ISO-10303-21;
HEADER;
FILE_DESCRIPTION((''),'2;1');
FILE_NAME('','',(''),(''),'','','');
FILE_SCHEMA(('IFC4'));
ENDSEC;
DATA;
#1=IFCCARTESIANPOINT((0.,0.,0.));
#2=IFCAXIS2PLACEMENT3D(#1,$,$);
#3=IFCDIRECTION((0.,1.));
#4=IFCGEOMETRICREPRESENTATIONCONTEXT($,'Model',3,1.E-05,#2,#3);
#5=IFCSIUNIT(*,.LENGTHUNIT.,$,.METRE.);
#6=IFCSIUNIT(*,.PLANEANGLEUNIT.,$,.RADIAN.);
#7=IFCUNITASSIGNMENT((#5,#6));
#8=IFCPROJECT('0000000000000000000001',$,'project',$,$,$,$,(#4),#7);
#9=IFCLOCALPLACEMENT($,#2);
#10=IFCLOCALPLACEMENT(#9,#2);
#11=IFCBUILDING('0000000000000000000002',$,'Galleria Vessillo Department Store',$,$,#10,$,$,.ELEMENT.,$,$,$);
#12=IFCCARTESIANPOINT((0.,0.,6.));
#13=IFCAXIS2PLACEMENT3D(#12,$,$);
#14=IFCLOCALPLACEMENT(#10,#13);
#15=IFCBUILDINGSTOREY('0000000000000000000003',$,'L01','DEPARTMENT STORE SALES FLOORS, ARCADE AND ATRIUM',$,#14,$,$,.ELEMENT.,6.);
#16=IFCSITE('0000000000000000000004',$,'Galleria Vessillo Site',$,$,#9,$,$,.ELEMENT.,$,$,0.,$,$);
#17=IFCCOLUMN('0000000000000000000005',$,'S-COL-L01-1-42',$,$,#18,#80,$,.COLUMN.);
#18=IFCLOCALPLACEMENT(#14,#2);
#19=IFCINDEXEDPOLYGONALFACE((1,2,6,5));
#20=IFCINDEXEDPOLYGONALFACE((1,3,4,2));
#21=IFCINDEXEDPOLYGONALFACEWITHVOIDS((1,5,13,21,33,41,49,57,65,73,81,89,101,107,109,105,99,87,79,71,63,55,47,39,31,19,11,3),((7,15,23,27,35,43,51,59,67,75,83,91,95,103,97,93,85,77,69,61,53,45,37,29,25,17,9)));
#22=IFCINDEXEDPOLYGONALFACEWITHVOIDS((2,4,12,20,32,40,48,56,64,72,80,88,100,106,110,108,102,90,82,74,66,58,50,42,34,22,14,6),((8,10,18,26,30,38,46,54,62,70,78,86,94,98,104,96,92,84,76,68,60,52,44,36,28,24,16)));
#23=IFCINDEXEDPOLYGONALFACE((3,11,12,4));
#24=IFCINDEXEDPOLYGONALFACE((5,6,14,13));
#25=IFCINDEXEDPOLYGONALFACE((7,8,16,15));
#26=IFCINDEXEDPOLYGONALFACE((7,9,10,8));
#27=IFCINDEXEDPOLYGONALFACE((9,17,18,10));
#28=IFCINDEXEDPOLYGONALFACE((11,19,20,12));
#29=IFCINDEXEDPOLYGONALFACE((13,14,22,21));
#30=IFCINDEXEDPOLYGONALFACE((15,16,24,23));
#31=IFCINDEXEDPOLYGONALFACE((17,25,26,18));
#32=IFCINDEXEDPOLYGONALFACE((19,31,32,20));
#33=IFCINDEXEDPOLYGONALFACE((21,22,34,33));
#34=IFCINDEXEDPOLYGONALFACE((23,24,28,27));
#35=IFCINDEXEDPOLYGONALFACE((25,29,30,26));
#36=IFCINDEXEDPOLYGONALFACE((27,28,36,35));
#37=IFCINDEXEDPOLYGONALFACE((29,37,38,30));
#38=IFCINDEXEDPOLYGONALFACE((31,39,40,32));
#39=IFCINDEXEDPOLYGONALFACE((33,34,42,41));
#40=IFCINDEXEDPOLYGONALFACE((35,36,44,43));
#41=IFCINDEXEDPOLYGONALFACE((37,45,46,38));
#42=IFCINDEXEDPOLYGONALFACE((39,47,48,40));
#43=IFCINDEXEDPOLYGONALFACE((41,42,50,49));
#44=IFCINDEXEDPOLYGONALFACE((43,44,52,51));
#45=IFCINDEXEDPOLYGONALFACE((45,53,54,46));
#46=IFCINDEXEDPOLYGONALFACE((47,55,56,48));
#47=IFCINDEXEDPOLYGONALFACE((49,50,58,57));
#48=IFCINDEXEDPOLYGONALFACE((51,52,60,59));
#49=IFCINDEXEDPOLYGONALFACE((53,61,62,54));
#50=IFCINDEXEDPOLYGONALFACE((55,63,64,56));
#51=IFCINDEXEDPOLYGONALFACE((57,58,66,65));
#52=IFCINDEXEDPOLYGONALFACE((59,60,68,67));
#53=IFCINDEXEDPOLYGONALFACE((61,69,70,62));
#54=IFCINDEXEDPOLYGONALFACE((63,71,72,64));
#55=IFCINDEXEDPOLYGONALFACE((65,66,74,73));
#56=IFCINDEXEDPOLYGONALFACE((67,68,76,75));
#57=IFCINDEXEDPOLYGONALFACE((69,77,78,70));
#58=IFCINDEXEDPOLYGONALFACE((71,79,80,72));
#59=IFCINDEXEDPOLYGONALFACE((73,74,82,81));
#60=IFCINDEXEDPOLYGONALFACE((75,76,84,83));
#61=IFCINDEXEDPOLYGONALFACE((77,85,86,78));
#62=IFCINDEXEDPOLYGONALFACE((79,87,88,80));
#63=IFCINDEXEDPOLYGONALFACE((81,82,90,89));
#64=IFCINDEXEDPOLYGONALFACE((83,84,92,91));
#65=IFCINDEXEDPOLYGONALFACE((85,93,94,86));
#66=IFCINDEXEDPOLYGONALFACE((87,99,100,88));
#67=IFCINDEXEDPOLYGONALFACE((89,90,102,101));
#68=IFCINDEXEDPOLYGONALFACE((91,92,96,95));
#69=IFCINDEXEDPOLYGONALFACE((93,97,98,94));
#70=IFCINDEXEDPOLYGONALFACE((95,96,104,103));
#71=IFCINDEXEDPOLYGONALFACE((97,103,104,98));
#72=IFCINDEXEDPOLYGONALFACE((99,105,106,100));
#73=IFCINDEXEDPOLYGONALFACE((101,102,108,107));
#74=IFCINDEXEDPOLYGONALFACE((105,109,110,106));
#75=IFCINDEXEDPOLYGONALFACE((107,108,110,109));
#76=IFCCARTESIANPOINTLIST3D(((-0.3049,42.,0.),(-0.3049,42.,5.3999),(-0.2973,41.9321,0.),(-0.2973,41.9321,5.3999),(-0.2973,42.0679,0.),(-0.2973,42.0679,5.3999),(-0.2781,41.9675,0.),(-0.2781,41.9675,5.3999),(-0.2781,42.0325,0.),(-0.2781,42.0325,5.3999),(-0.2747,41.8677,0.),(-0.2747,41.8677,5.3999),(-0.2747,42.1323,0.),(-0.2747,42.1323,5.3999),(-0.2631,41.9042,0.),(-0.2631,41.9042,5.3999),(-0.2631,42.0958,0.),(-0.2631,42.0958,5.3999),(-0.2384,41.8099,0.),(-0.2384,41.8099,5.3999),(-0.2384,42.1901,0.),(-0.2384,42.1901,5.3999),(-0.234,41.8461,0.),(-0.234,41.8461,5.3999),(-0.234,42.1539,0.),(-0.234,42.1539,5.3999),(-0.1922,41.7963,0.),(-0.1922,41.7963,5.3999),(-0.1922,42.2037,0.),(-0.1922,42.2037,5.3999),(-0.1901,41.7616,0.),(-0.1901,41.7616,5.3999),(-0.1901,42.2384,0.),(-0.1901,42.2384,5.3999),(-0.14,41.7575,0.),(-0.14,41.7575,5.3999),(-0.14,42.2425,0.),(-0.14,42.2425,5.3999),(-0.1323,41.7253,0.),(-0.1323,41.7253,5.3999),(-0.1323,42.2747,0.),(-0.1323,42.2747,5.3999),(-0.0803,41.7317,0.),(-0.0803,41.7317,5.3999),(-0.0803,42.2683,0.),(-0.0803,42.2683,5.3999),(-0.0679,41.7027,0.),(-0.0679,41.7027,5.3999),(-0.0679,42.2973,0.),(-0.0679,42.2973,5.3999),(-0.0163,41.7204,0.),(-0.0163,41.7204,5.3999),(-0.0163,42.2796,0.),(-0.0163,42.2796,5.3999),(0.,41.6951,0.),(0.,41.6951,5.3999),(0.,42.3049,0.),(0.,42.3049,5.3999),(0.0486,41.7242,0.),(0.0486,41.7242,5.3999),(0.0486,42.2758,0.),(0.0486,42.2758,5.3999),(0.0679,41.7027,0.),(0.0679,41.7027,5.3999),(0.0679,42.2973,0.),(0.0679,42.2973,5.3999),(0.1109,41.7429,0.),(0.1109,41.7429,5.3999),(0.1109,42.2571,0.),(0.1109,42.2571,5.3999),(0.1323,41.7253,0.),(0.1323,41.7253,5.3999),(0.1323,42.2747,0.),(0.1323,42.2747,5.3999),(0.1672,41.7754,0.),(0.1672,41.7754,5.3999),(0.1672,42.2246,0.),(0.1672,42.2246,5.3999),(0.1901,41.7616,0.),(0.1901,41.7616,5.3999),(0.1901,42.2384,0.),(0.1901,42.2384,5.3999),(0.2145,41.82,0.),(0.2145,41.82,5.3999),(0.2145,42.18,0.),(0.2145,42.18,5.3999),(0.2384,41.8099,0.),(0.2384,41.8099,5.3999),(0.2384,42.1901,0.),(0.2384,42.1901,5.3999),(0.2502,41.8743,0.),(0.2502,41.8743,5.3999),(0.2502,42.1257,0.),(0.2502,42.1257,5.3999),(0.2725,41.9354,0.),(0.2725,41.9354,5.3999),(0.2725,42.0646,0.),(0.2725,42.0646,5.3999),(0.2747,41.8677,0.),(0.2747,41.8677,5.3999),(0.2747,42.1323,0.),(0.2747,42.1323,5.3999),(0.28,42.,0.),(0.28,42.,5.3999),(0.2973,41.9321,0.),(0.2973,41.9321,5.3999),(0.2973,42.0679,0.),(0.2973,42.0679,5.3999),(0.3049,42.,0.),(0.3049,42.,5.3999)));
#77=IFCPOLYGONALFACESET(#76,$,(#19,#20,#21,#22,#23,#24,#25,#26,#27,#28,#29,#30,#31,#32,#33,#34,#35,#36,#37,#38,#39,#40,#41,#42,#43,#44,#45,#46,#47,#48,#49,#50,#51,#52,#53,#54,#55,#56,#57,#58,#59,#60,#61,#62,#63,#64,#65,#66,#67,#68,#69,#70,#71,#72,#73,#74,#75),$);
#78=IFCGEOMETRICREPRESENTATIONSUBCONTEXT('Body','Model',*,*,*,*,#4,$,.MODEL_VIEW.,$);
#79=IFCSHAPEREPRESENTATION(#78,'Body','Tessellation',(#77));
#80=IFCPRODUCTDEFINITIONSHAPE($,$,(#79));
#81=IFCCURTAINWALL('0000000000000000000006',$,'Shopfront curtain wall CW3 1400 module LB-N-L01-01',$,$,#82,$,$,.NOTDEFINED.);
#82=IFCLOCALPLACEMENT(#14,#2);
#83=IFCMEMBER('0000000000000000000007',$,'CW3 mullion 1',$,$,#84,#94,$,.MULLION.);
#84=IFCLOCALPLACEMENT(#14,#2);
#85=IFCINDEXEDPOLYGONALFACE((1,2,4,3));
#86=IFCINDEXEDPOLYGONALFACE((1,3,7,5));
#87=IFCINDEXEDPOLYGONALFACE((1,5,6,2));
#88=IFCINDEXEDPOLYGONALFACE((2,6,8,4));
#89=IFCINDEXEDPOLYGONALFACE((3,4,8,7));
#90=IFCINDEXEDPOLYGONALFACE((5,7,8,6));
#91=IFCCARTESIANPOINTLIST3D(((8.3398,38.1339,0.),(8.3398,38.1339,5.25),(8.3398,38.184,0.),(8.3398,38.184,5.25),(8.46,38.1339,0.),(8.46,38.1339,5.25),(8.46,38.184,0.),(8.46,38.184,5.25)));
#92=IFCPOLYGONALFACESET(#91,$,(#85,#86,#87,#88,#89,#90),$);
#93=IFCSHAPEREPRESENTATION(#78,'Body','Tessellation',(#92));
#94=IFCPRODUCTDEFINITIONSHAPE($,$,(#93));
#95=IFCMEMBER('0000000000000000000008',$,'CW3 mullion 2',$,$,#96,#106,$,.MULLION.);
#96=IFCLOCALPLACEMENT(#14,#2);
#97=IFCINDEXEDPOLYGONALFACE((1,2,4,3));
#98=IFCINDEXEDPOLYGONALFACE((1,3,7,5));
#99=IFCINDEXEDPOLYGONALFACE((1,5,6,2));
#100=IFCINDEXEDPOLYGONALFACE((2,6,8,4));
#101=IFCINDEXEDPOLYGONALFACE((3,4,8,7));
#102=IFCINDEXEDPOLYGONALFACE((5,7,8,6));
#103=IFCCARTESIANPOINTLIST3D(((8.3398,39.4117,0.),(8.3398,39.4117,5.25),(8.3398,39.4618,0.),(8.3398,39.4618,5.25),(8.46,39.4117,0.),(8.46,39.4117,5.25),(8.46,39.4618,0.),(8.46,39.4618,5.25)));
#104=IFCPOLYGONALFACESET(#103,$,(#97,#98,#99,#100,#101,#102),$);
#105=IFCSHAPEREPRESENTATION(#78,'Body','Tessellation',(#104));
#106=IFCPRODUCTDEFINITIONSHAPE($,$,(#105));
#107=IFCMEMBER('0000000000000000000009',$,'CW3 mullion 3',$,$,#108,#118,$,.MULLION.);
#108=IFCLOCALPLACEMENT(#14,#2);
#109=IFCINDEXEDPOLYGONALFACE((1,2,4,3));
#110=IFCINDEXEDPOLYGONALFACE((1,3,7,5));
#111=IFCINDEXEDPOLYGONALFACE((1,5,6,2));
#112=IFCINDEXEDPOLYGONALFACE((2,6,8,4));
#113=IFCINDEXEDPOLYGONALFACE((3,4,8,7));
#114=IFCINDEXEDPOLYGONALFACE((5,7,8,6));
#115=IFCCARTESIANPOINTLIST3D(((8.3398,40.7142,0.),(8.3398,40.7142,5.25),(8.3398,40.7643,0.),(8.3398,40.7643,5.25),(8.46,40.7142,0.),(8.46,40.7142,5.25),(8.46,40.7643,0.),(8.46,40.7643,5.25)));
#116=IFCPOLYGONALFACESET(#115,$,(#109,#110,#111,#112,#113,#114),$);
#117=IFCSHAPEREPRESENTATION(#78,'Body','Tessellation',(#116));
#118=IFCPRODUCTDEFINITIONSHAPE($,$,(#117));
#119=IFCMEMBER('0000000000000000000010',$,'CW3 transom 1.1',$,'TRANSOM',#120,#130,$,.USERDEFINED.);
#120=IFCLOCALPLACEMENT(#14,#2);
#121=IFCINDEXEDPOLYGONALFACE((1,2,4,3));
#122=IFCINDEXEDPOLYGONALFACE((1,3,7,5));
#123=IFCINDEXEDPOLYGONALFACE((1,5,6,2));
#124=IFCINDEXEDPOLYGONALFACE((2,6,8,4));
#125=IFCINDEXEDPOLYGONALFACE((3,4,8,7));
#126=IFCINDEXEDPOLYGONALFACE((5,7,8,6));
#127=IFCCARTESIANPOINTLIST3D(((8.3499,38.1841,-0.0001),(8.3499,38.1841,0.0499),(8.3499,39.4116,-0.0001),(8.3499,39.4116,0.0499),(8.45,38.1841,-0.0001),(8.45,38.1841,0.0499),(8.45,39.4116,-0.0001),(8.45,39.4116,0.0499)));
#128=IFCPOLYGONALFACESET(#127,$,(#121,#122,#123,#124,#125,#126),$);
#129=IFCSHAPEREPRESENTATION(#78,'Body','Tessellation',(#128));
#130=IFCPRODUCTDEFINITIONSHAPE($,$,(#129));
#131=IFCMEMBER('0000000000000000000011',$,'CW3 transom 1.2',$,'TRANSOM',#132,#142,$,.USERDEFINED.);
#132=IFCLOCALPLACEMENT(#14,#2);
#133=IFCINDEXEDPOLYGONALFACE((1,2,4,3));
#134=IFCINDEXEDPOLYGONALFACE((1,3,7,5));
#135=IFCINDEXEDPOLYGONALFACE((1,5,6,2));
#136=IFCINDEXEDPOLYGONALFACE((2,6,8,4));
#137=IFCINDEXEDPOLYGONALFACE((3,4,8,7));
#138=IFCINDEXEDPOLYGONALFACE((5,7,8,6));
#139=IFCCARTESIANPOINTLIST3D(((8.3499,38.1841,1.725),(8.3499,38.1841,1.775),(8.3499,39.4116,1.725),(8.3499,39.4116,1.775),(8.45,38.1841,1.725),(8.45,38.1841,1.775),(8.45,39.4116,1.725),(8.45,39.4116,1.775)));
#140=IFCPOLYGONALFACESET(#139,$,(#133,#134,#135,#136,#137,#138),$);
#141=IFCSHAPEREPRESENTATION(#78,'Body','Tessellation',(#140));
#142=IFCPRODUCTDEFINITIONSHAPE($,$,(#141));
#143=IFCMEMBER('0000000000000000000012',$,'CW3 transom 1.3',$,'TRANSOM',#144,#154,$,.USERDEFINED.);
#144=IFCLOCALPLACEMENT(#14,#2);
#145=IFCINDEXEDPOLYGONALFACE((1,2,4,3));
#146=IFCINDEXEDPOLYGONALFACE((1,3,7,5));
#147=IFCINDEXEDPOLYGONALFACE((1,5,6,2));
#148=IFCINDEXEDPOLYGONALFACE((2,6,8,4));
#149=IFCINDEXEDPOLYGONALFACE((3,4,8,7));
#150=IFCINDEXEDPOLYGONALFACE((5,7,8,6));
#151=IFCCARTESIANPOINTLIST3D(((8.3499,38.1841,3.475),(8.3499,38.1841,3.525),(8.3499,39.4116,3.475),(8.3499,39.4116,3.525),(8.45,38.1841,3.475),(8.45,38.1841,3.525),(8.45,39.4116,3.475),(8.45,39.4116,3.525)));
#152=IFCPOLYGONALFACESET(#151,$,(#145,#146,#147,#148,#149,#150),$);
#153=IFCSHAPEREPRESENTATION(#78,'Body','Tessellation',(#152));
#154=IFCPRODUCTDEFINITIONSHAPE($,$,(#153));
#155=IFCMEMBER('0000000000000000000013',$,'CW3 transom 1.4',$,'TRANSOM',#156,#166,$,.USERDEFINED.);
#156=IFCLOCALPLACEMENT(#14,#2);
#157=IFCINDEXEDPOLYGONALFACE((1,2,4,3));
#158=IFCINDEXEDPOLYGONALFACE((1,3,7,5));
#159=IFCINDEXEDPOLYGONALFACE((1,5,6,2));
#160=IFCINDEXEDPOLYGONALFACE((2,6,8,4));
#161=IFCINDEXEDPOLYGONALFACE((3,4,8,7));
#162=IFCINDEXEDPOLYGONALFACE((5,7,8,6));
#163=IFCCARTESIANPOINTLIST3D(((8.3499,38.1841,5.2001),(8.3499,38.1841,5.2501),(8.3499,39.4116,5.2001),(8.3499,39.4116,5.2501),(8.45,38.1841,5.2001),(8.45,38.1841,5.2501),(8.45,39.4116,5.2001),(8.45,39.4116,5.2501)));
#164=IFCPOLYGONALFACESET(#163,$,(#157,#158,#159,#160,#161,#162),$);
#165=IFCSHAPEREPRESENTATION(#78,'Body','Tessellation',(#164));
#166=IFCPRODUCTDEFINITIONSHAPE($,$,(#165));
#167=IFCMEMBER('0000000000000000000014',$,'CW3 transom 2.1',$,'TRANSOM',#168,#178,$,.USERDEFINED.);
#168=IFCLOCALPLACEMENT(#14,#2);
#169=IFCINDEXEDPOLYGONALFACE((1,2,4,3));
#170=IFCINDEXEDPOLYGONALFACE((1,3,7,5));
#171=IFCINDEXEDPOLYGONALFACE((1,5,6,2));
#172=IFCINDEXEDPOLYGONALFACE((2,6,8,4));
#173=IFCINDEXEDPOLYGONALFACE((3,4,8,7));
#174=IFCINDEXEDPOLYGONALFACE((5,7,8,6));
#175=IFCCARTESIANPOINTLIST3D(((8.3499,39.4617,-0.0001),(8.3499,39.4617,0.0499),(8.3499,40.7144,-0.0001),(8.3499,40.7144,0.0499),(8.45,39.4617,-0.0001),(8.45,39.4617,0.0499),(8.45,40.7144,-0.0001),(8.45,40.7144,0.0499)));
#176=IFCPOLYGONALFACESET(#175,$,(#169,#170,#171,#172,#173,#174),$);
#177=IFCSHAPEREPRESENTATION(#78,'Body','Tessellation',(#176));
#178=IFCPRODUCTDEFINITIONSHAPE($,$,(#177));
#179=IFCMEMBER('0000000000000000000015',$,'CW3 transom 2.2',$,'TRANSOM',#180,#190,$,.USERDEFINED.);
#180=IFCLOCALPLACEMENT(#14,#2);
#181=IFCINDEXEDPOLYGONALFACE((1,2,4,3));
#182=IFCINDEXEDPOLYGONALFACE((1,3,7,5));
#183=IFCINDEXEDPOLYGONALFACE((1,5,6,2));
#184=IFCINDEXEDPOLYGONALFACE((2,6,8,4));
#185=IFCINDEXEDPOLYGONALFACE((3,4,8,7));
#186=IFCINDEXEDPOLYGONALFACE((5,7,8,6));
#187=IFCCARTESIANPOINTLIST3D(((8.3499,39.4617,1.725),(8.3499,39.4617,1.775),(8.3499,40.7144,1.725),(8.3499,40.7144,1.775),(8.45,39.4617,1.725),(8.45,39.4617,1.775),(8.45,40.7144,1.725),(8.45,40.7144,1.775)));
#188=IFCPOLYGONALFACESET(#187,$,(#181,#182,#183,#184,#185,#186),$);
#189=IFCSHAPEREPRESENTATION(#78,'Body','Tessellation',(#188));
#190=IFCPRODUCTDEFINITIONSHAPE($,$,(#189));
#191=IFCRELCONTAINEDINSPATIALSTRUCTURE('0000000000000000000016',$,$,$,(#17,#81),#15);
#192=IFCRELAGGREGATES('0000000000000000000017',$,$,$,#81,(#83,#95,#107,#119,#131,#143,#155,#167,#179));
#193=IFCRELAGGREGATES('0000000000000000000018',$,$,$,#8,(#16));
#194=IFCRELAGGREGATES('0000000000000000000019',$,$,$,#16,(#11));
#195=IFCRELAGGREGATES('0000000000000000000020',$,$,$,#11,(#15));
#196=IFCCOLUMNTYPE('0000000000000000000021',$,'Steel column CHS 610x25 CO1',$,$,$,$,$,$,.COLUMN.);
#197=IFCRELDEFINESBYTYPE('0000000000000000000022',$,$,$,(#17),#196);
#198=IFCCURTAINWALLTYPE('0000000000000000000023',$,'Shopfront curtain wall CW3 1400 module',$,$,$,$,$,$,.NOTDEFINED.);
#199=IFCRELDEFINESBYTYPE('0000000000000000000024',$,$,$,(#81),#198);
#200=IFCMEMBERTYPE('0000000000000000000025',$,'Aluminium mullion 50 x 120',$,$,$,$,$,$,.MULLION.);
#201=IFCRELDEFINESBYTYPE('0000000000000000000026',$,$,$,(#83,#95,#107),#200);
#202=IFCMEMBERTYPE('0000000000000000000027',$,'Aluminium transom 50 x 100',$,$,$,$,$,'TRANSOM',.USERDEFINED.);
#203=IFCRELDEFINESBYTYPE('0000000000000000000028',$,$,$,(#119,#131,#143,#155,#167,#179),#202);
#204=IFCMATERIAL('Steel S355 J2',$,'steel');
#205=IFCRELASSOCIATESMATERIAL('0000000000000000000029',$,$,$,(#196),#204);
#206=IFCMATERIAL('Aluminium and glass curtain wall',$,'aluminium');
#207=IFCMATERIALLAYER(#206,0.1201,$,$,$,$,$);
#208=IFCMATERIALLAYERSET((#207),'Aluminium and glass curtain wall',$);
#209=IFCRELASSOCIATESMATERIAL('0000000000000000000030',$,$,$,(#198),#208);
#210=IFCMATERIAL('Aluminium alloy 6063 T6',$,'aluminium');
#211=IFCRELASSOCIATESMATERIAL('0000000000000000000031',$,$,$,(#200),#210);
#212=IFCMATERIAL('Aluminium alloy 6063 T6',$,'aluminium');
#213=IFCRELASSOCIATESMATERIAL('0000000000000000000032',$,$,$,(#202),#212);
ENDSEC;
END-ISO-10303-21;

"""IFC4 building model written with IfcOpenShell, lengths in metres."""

from ifc_helpers import new_model, si_unit, direction, frame, origin, origin_2d, place, context, subcontext, project, spatial, rectangle, hollow_circle, extrude, material, layer, layer_set, material_profile, profile_set, type_object, element, aggregate, save


model = new_model("IFC4")

# Units and contexts
model_context = context("Model", 3, precision=1e-05, world=origin(), true_north=direction((0.0, 1.0)))
body_context = subcontext(model_context, "Body", "Model", "MODEL_VIEW")
ifc_project = project(units=[si_unit("LENGTHUNIT", "METRE"), si_unit("PLANEANGLEUNIT", "RADIAN")], contexts=[model_context])

# Site, building, storey
site_placement = place(None, origin())
site = spatial("IfcSite", under=ifc_project, at=site_placement, Name="Galleria Vessillo Site", CompositionType="ELEMENT", RefElevation=0.0)
building_placement = place(site_placement, origin())
building = spatial("IfcBuilding", under=site, at=building_placement, Name="Galleria Vessillo Department Store", CompositionType="ELEMENT")
storey_placement = place(building_placement, frame((0.0, 0.0, 6.0)))
storey = spatial("IfcBuildingStorey", under=building, at=storey_placement, Name="L01", Description="DEPARTMENT STORE SALES FLOORS, ARCADE AND ATRIUM", CompositionType="ELEMENT", Elevation=6.0)

# Column
ifc_material_1 = material(Name="Steel S355 J2", Category="steel")
ifc_material_profile_1 = material_profile(ifc_material_1, hollow_circle(Radius=0.3049, WallThickness=0.0249, at=origin_2d()), Name="CHS 610x25")
ifc_profile_set_1 = profile_set([ifc_material_profile_1], Name="Steel S355 J2")
column_type = type_object("IfcColumnType", Name="Steel column CHS 610x25 CO1", PredefinedType="COLUMN", material=ifc_profile_set_1)
column_placement = place(storey_placement, frame((0.0, 42.0, 0.0), z_axis=(0.0, 0.0, 1.0), x_axis=(1.0, 0.0, 0.0)))
element("IfcColumn", 1, at=column_placement, inside=storey, type_object=column_type, Name="S-COL-L01-1-42", PredefinedType="COLUMN", context=body_context, shape_type="SweptSolid", body=[
    extrude(hollow_circle(Radius=0.3049, WallThickness=0.0249, at=origin_2d()), origin(), (0.0, 0.0, 1.0), 5.3999),
])

# Curtain wall, members
ifc_material_2 = material(Name="Aluminium and glass curtain wall", Category="aluminium")
ifc_layer_1 = layer(ifc_material_2, 0.1201)
ifc_layer_set_1 = layer_set([ifc_layer_1], Name="Aluminium and glass curtain wall")
curtain_wall_type = type_object("IfcCurtainWallType", Name="Shopfront curtain wall CW3 1400 module", PredefinedType="NOTDEFINED", material=ifc_layer_set_1)
curtain_wall_placement = place(storey_placement, origin())
curtain_wall = element("IfcCurtainWall", 2, at=curtain_wall_placement, inside=storey, type_object=curtain_wall_type, Name="Shopfront curtain wall CW3 1400 module LB-N-L01-01", PredefinedType="NOTDEFINED")
ifc_material_3 = material(Name="Aluminium alloy 6063 T6", Category="aluminium")
ifc_material_profile_2 = material_profile(ifc_material_3, rectangle(XDim=0.1201, YDim=0.05, at=origin_2d()), Name="AL 50x120")
ifc_profile_set_2 = profile_set([ifc_material_profile_2], Name="Aluminium alloy 6063 T6")
member_type_1 = type_object("IfcMemberType", Name="Aluminium mullion 50 x 120", PredefinedType="MULLION", material=ifc_profile_set_2)
member_1_placement = place(storey_placement, frame((8.3999, 38.1589, 0.0), z_axis=(0.0, 0.0, 1.0), x_axis=(-1.0, 0.0, 0.0)))
member_1 = element("IfcMember", 3, at=member_1_placement, type_object=member_type_1, Name="CW3 mullion 1", PredefinedType="MULLION", context=body_context, shape_type="SweptSolid", body=[
    extrude(rectangle(XDim=0.1201, YDim=0.05, at=origin_2d()), origin(), (0.0, 0.0, 1.0), 5.25),
])
member_2_placement = place(storey_placement, frame((8.3999, 39.4368, 0.0), z_axis=(0.0, 0.0, 1.0), x_axis=(-1.0, 0.0, 0.0)))
member_2 = element("IfcMember", 4, at=member_2_placement, type_object=member_type_1, Name="CW3 mullion 2", PredefinedType="MULLION", context=body_context, shape_type="SweptSolid", body=[
    extrude(rectangle(XDim=0.1201, YDim=0.05, at=origin_2d()), origin(), (0.0, 0.0, 1.0), 5.25),
])
member_3_placement = place(storey_placement, frame((8.3999, 40.7393, 0.0), z_axis=(0.0, 0.0, 1.0), x_axis=(-1.0, 0.0, 0.0)))
member_3 = element("IfcMember", 5, at=member_3_placement, type_object=member_type_1, Name="CW3 mullion 3", PredefinedType="MULLION", context=body_context, shape_type="SweptSolid", body=[
    extrude(rectangle(XDim=0.1201, YDim=0.05, at=origin_2d()), origin(), (0.0, 0.0, 1.0), 5.25),
])
ifc_material_4 = material(Name="Aluminium alloy 6063 T6", Category="aluminium")
ifc_material_profile_3 = material_profile(ifc_material_4, rectangle(XDim=0.1001, YDim=0.05, at=origin_2d()), Name="AL 50x100")
ifc_profile_set_3 = profile_set([ifc_material_profile_3], Name="Aluminium alloy 6063 T6")
member_type_2 = type_object("IfcMemberType", Name="Aluminium transom 50 x 100", ElementType="TRANSOM", PredefinedType="USERDEFINED", material=ifc_profile_set_3)
member_4_placement = place(storey_placement, frame((8.3999, 38.1841, 0.0249), z_axis=(0.0, 1.0, 0.0), x_axis=(-1.0, 0.0, 0.0)))
member_4 = element("IfcMember", 6, at=member_4_placement, type_object=member_type_2, Name="CW3 transom 1.1", ObjectType="TRANSOM", PredefinedType="USERDEFINED", context=body_context, shape_type="SweptSolid", body=[
    extrude(rectangle(XDim=0.1001, YDim=0.05, at=origin_2d()), origin(), (0.0, 0.0, 1.0), 1.2275),
])
member_5_placement = place(storey_placement, frame((8.3999, 38.1841, 1.75), z_axis=(0.0, 1.0, 0.0), x_axis=(-1.0, 0.0, 0.0)))
member_5 = element("IfcMember", 7, at=member_5_placement, type_object=member_type_2, Name="CW3 transom 1.2", ObjectType="TRANSOM", PredefinedType="USERDEFINED", context=body_context, shape_type="SweptSolid", body=[
    extrude(rectangle(XDim=0.1001, YDim=0.05, at=origin_2d()), origin(), (0.0, 0.0, 1.0), 1.2275),
])
member_6_placement = place(storey_placement, frame((8.3999, 38.1841, 3.5), z_axis=(0.0, 1.0, 0.0), x_axis=(-1.0, 0.0, 0.0)))
member_6 = element("IfcMember", 8, at=member_6_placement, type_object=member_type_2, Name="CW3 transom 1.3", ObjectType="TRANSOM", PredefinedType="USERDEFINED", context=body_context, shape_type="SweptSolid", body=[
    extrude(rectangle(XDim=0.1001, YDim=0.05, at=origin_2d()), origin(), (0.0, 0.0, 1.0), 1.2275),
])
member_7_placement = place(storey_placement, frame((8.3999, 38.1841, 5.2251), z_axis=(0.0, 1.0, 0.0), x_axis=(-1.0, 0.0, 0.0)))
member_7 = element("IfcMember", 9, at=member_7_placement, type_object=member_type_2, Name="CW3 transom 1.4", ObjectType="TRANSOM", PredefinedType="USERDEFINED", context=body_context, shape_type="SweptSolid", body=[
    extrude(rectangle(XDim=0.1001, YDim=0.05, at=origin_2d()), origin(), (0.0, 0.0, 1.0), 1.2275),
])
member_8_placement = place(storey_placement, frame((8.3999, 39.4617, 0.0249), z_axis=(0.0, 1.0, 0.0), x_axis=(-1.0, 0.0, 0.0)))
member_8 = element("IfcMember", 10, at=member_8_placement, type_object=member_type_2, Name="CW3 transom 2.1", ObjectType="TRANSOM", PredefinedType="USERDEFINED", context=body_context, shape_type="SweptSolid", body=[
    extrude(rectangle(XDim=0.1001, YDim=0.05, at=origin_2d()), origin(), (0.0, 0.0, 1.0), 1.2527),
])
member_9_placement = place(storey_placement, frame((8.3999, 39.4617, 1.75), z_axis=(0.0, 1.0, 0.0), x_axis=(-1.0, 0.0, 0.0)))
member_9 = element("IfcMember", 11, at=member_9_placement, type_object=member_type_2, Name="CW3 transom 2.2", ObjectType="TRANSOM", PredefinedType="USERDEFINED", context=body_context, shape_type="SweptSolid", body=[
    extrude(rectangle(XDim=0.1001, YDim=0.05, at=origin_2d()), origin(), (0.0, 0.0, 1.0), 1.2527),
])

aggregate(curtain_wall, [member_1, member_2, member_3, member_4, member_5, member_6, member_7, member_8, member_9])

save(model, "model.ifc")
